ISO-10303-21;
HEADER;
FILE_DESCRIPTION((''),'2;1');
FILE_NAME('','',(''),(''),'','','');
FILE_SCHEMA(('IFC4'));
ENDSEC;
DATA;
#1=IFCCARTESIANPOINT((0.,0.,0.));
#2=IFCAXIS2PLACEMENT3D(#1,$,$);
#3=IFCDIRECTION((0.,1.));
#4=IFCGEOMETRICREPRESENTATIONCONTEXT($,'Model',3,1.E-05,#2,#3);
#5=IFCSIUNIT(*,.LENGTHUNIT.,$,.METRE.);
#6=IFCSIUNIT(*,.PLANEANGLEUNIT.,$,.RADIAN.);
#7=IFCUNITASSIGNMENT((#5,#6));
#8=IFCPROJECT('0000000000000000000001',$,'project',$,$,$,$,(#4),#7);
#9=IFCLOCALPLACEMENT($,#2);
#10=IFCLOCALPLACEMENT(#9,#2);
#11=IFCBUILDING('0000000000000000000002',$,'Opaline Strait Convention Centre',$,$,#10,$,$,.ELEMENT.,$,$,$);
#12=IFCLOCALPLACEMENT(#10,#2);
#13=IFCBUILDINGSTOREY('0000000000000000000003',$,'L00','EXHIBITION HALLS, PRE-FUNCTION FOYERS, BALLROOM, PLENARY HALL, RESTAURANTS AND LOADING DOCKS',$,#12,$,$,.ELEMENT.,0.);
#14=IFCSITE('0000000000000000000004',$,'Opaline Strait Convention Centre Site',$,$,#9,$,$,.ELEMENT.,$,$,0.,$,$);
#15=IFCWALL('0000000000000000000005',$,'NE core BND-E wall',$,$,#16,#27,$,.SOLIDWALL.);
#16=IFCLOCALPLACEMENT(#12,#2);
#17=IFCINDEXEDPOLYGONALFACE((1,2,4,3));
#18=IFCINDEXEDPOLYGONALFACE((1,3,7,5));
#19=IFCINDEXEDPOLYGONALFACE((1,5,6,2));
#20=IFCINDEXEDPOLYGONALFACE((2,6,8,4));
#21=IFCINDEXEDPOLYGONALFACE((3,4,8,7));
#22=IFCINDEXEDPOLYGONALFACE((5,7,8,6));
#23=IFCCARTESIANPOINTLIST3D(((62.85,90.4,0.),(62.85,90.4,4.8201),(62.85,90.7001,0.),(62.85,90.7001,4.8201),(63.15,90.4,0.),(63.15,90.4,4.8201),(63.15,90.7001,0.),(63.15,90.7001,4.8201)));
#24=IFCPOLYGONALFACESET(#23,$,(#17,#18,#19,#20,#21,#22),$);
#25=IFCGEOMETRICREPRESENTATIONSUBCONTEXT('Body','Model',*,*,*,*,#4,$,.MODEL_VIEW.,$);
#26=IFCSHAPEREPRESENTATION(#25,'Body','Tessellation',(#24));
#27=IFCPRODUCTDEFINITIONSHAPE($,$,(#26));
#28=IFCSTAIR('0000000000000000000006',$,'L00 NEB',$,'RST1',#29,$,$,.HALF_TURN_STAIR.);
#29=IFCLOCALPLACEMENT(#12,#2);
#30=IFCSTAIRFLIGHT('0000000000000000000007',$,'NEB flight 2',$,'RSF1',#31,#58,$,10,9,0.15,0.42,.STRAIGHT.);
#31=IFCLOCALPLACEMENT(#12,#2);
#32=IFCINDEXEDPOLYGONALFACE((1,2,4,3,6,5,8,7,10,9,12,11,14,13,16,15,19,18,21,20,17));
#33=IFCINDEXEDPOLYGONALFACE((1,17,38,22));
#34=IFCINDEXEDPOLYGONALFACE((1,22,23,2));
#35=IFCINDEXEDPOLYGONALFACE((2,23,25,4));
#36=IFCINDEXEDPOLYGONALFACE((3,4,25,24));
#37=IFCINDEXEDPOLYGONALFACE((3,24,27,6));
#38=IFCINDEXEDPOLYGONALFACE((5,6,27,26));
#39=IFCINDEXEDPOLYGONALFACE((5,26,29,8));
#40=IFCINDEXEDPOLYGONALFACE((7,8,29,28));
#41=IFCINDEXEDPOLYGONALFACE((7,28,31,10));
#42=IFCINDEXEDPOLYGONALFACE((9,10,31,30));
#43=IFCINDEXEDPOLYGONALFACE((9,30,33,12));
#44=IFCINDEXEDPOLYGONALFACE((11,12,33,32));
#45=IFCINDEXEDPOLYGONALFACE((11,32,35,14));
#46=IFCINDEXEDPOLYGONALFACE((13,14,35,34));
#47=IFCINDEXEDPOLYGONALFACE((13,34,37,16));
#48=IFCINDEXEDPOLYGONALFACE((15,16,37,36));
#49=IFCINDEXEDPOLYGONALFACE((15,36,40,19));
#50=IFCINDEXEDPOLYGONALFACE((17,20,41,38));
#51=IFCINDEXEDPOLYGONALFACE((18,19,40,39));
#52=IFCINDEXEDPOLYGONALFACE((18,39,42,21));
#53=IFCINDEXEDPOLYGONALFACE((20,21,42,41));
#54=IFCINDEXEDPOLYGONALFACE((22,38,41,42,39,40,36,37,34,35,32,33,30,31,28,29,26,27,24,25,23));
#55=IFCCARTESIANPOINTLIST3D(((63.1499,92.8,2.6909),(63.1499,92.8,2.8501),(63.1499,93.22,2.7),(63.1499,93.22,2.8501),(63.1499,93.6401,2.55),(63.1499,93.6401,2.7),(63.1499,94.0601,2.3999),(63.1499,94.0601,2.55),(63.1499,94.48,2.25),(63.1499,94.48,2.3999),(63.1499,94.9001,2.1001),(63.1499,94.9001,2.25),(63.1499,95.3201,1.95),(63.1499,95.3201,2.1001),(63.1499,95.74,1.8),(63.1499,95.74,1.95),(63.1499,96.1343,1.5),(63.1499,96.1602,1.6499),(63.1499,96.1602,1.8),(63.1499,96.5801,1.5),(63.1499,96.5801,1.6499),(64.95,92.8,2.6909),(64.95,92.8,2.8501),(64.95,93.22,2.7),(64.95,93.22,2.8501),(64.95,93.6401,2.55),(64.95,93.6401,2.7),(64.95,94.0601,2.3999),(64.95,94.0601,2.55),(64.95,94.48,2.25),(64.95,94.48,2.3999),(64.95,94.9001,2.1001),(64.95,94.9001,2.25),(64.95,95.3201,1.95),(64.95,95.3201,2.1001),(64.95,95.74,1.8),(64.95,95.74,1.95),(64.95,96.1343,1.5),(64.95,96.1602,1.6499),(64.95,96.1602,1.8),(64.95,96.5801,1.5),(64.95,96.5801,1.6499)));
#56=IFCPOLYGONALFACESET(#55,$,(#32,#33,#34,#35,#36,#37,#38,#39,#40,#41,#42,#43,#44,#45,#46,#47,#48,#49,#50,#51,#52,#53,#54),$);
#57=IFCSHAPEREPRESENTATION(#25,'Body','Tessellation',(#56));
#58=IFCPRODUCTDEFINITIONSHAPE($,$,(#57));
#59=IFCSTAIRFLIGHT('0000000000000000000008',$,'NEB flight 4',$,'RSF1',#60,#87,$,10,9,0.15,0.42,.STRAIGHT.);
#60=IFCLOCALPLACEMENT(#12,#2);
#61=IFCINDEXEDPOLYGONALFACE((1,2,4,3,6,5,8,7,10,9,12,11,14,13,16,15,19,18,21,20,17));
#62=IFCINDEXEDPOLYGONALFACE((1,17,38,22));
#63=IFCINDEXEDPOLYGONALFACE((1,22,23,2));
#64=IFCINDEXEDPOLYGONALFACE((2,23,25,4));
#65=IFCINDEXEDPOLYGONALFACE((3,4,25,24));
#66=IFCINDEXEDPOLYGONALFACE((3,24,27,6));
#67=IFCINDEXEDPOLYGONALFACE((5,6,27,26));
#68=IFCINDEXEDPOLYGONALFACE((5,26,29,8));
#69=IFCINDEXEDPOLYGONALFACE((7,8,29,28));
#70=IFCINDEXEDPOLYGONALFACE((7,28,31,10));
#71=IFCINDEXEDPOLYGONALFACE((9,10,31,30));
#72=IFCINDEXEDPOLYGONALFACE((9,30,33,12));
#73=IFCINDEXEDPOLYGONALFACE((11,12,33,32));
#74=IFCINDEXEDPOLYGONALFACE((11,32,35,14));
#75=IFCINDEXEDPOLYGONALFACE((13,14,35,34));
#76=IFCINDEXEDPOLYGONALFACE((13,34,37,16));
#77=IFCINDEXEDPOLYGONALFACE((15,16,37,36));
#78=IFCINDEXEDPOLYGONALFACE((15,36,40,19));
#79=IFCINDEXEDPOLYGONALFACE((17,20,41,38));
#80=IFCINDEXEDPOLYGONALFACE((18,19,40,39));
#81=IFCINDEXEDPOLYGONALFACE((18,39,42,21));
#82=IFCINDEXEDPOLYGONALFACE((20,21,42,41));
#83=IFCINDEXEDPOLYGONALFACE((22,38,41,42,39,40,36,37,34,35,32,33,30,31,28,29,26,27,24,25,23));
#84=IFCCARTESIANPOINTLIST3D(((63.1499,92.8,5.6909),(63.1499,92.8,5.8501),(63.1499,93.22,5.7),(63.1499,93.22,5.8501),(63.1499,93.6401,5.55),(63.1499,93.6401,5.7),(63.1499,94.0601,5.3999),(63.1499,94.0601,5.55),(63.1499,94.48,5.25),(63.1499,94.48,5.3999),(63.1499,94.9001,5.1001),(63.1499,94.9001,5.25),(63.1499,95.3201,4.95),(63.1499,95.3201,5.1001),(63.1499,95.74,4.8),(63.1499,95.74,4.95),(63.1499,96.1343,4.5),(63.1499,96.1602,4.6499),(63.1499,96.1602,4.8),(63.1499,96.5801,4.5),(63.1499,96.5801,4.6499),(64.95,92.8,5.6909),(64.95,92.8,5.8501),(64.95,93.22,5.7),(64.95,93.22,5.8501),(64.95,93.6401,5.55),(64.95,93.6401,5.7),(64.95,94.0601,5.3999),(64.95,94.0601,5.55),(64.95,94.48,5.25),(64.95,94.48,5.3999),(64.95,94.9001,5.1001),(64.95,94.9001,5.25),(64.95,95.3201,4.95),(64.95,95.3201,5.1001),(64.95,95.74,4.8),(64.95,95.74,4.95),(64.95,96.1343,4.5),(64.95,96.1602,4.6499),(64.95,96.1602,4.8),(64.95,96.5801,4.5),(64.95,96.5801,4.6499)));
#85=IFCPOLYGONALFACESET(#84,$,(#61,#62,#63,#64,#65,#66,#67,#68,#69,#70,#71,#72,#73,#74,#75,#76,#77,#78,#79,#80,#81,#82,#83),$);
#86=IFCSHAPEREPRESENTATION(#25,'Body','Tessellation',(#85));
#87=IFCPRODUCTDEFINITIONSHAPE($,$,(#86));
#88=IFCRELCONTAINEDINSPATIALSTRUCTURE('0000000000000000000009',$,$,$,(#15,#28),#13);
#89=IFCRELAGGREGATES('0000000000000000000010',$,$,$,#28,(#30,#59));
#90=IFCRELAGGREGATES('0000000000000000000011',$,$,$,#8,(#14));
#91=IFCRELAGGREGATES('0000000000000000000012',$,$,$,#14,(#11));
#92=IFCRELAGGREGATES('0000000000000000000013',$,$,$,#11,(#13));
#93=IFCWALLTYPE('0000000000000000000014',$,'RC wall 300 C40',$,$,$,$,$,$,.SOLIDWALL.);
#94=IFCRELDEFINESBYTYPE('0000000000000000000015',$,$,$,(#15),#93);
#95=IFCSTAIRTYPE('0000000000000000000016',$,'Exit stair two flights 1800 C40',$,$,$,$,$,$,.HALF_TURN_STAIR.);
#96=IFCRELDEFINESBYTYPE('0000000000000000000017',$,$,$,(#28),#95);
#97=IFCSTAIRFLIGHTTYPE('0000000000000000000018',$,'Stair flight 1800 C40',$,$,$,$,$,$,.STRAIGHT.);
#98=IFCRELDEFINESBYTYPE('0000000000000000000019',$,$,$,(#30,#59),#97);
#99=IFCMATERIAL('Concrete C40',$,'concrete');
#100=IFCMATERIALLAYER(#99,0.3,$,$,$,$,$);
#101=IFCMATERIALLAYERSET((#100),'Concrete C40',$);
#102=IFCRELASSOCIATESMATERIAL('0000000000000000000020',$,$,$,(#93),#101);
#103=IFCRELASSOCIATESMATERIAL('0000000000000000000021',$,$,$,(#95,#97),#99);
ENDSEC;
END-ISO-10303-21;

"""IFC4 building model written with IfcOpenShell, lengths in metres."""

from ifc_helpers import new_model, si_unit, direction, frame, frame_2d, origin, place, context, subcontext, project, spatial, polyline, rectangle, outline, extrude, material, layer, layer_set, type_object, element, aggregate, save


model = new_model("IFC4")

# Units and contexts
model_context = context("Model", 3, precision=1e-05, world=origin(), true_north=direction((0.0, 1.0)))
body_context = subcontext(model_context, "Body", "Model", "MODEL_VIEW")
ifc_project = project(units=[si_unit("LENGTHUNIT", "METRE"), si_unit("PLANEANGLEUNIT", "RADIAN")], contexts=[model_context])

# Site, building, storey
site_placement = place(None, origin())
site = spatial("IfcSite", under=ifc_project, at=site_placement, Name="Opaline Strait Convention Centre Site", CompositionType="ELEMENT", RefElevation=0.0)
building_placement = place(site_placement, origin())
building = spatial("IfcBuilding", under=site, at=building_placement, Name="Opaline Strait Convention Centre", CompositionType="ELEMENT")
storey_placement = place(building_placement, origin())
storey = spatial("IfcBuildingStorey", under=building, at=storey_placement, Name="L00", Description="EXHIBITION HALLS, PRE-FUNCTION FOYERS, BALLROOM, PLENARY HALL, RESTAURANTS AND LOADING DOCKS", CompositionType="ELEMENT", Elevation=0.0)

# Shared definitions
ifc_material_1 = material(Name="Concrete C40", Category="concrete")

# Shared definitions
ifc_layer_1 = layer(ifc_material_1, 0.3)
ifc_layer_set_1 = layer_set([ifc_layer_1], Name="Concrete C40")
wall_type = type_object("IfcWallType", Name="RC wall 300 C40", PredefinedType="SOLIDWALL", material=ifc_layer_set_1)

# Wall
wall_1_placement = place(storey_placement, frame((63.0, 90.7, 0.0), z_axis=(0.0, 0.0, 1.0), x_axis=(0.0, -1.0, 0.0)))
element("IfcWall", 1, at=wall_1_placement, inside=storey, type_object=wall_type, Name="NE core BND-E wall", PredefinedType="SOLIDWALL", context=body_context, shape_type="SweptSolid", body=[
    extrude(rectangle(XDim=0.3, YDim=0.3, at=frame_2d((0.1499, 0.0))), origin(), (0.0, 0.0, 1.0), 4.8201),
])

# Stair, stair flights
stair_type = type_object("IfcStairType", Name="Exit stair two flights 1800 C40", PredefinedType="HALF_TURN_STAIR", material=ifc_material_1)
stair_placement = place(storey_placement, origin())
stair = element("IfcStair", 2, at=stair_placement, inside=storey, type_object=stair_type, Name="L00 NEB", ObjectType="RST1", PredefinedType="HALF_TURN_STAIR")
stair_flight_type = type_object("IfcStairFlightType", Name="Stair flight 1800 C40", PredefinedType="STRAIGHT", material=ifc_material_1)
stair_flight_1_placement = place(storey_placement, frame((64.05, 96.5801, 1.5), z_axis=(0.0, 0.0, 1.0), x_axis=(0.0, -1.0, 0.0)))
stair_flight_1 = element("IfcStairFlight", 3, at=stair_flight_1_placement, type_object=stair_flight_type, Name="NEB flight 2", ObjectType="RSF1", NumberOfRisers=10, NumberOfTreads=9, PredefinedType="STRAIGHT", RiserHeight=0.15, TreadLength=0.42, context=body_context, shape_type="SweptSolid", body=[
    extrude(outline(polyline([(0.0, 0.0), (0.0, 0.1499), (0.4199, 0.1499), (0.4199, 0.3), (0.8401, 0.3), (0.8401, 0.45), (1.26, 0.45), (1.26, 0.6001), (1.6799, 0.6001), (1.6799, 0.75), (2.1001, 0.75), (2.1001, 0.8999), (2.52, 0.8999), (2.52, 1.05), (2.9399, 1.05), (2.9399, 1.2), (3.3601, 1.2), (3.3601, 1.3501), (3.78, 1.3501), (3.78, 1.5), (3.78, 1.1909), (0.4458, 0.0), (0.0, 0.0)])), frame((0.0, 0.8999, 0.0), z_axis=(0.0, -1.0, 0.0), x_axis=(1.0, 0.0, 0.0)), (0.0, 0.0, 1.0), 1.8),
])
stair_flight_2_placement = place(storey_placement, frame((64.05, 96.5801, 4.5), z_axis=(0.0, 0.0, 1.0), x_axis=(0.0, -1.0, 0.0)))
stair_flight_2 = element("IfcStairFlight", 4, at=stair_flight_2_placement, type_object=stair_flight_type, Name="NEB flight 4", ObjectType="RSF1", NumberOfRisers=10, NumberOfTreads=9, PredefinedType="STRAIGHT", RiserHeight=0.15, TreadLength=0.42, context=body_context, shape_type="SweptSolid", body=[
    extrude(outline(polyline([(0.0, 0.0), (0.0, 0.1499), (0.4199, 0.1499), (0.4199, 0.3), (0.8401, 0.3), (0.8401, 0.45), (1.26, 0.45), (1.26, 0.6001), (1.6799, 0.6001), (1.6799, 0.75), (2.1001, 0.75), (2.1001, 0.8999), (2.52, 0.8999), (2.52, 1.05), (2.9399, 1.05), (2.9399, 1.2), (3.3601, 1.2), (3.3601, 1.3501), (3.78, 1.3501), (3.78, 1.5), (3.78, 1.1909), (0.4458, 0.0), (0.0, 0.0)])), frame((0.0, 0.8999, 0.0), z_axis=(0.0, -1.0, 0.0), x_axis=(1.0, 0.0, 0.0)), (0.0, 0.0, 1.0), 1.8),
])
aggregate(stair, [stair_flight_1, stair_flight_2])

save(model, "model.ifc")
